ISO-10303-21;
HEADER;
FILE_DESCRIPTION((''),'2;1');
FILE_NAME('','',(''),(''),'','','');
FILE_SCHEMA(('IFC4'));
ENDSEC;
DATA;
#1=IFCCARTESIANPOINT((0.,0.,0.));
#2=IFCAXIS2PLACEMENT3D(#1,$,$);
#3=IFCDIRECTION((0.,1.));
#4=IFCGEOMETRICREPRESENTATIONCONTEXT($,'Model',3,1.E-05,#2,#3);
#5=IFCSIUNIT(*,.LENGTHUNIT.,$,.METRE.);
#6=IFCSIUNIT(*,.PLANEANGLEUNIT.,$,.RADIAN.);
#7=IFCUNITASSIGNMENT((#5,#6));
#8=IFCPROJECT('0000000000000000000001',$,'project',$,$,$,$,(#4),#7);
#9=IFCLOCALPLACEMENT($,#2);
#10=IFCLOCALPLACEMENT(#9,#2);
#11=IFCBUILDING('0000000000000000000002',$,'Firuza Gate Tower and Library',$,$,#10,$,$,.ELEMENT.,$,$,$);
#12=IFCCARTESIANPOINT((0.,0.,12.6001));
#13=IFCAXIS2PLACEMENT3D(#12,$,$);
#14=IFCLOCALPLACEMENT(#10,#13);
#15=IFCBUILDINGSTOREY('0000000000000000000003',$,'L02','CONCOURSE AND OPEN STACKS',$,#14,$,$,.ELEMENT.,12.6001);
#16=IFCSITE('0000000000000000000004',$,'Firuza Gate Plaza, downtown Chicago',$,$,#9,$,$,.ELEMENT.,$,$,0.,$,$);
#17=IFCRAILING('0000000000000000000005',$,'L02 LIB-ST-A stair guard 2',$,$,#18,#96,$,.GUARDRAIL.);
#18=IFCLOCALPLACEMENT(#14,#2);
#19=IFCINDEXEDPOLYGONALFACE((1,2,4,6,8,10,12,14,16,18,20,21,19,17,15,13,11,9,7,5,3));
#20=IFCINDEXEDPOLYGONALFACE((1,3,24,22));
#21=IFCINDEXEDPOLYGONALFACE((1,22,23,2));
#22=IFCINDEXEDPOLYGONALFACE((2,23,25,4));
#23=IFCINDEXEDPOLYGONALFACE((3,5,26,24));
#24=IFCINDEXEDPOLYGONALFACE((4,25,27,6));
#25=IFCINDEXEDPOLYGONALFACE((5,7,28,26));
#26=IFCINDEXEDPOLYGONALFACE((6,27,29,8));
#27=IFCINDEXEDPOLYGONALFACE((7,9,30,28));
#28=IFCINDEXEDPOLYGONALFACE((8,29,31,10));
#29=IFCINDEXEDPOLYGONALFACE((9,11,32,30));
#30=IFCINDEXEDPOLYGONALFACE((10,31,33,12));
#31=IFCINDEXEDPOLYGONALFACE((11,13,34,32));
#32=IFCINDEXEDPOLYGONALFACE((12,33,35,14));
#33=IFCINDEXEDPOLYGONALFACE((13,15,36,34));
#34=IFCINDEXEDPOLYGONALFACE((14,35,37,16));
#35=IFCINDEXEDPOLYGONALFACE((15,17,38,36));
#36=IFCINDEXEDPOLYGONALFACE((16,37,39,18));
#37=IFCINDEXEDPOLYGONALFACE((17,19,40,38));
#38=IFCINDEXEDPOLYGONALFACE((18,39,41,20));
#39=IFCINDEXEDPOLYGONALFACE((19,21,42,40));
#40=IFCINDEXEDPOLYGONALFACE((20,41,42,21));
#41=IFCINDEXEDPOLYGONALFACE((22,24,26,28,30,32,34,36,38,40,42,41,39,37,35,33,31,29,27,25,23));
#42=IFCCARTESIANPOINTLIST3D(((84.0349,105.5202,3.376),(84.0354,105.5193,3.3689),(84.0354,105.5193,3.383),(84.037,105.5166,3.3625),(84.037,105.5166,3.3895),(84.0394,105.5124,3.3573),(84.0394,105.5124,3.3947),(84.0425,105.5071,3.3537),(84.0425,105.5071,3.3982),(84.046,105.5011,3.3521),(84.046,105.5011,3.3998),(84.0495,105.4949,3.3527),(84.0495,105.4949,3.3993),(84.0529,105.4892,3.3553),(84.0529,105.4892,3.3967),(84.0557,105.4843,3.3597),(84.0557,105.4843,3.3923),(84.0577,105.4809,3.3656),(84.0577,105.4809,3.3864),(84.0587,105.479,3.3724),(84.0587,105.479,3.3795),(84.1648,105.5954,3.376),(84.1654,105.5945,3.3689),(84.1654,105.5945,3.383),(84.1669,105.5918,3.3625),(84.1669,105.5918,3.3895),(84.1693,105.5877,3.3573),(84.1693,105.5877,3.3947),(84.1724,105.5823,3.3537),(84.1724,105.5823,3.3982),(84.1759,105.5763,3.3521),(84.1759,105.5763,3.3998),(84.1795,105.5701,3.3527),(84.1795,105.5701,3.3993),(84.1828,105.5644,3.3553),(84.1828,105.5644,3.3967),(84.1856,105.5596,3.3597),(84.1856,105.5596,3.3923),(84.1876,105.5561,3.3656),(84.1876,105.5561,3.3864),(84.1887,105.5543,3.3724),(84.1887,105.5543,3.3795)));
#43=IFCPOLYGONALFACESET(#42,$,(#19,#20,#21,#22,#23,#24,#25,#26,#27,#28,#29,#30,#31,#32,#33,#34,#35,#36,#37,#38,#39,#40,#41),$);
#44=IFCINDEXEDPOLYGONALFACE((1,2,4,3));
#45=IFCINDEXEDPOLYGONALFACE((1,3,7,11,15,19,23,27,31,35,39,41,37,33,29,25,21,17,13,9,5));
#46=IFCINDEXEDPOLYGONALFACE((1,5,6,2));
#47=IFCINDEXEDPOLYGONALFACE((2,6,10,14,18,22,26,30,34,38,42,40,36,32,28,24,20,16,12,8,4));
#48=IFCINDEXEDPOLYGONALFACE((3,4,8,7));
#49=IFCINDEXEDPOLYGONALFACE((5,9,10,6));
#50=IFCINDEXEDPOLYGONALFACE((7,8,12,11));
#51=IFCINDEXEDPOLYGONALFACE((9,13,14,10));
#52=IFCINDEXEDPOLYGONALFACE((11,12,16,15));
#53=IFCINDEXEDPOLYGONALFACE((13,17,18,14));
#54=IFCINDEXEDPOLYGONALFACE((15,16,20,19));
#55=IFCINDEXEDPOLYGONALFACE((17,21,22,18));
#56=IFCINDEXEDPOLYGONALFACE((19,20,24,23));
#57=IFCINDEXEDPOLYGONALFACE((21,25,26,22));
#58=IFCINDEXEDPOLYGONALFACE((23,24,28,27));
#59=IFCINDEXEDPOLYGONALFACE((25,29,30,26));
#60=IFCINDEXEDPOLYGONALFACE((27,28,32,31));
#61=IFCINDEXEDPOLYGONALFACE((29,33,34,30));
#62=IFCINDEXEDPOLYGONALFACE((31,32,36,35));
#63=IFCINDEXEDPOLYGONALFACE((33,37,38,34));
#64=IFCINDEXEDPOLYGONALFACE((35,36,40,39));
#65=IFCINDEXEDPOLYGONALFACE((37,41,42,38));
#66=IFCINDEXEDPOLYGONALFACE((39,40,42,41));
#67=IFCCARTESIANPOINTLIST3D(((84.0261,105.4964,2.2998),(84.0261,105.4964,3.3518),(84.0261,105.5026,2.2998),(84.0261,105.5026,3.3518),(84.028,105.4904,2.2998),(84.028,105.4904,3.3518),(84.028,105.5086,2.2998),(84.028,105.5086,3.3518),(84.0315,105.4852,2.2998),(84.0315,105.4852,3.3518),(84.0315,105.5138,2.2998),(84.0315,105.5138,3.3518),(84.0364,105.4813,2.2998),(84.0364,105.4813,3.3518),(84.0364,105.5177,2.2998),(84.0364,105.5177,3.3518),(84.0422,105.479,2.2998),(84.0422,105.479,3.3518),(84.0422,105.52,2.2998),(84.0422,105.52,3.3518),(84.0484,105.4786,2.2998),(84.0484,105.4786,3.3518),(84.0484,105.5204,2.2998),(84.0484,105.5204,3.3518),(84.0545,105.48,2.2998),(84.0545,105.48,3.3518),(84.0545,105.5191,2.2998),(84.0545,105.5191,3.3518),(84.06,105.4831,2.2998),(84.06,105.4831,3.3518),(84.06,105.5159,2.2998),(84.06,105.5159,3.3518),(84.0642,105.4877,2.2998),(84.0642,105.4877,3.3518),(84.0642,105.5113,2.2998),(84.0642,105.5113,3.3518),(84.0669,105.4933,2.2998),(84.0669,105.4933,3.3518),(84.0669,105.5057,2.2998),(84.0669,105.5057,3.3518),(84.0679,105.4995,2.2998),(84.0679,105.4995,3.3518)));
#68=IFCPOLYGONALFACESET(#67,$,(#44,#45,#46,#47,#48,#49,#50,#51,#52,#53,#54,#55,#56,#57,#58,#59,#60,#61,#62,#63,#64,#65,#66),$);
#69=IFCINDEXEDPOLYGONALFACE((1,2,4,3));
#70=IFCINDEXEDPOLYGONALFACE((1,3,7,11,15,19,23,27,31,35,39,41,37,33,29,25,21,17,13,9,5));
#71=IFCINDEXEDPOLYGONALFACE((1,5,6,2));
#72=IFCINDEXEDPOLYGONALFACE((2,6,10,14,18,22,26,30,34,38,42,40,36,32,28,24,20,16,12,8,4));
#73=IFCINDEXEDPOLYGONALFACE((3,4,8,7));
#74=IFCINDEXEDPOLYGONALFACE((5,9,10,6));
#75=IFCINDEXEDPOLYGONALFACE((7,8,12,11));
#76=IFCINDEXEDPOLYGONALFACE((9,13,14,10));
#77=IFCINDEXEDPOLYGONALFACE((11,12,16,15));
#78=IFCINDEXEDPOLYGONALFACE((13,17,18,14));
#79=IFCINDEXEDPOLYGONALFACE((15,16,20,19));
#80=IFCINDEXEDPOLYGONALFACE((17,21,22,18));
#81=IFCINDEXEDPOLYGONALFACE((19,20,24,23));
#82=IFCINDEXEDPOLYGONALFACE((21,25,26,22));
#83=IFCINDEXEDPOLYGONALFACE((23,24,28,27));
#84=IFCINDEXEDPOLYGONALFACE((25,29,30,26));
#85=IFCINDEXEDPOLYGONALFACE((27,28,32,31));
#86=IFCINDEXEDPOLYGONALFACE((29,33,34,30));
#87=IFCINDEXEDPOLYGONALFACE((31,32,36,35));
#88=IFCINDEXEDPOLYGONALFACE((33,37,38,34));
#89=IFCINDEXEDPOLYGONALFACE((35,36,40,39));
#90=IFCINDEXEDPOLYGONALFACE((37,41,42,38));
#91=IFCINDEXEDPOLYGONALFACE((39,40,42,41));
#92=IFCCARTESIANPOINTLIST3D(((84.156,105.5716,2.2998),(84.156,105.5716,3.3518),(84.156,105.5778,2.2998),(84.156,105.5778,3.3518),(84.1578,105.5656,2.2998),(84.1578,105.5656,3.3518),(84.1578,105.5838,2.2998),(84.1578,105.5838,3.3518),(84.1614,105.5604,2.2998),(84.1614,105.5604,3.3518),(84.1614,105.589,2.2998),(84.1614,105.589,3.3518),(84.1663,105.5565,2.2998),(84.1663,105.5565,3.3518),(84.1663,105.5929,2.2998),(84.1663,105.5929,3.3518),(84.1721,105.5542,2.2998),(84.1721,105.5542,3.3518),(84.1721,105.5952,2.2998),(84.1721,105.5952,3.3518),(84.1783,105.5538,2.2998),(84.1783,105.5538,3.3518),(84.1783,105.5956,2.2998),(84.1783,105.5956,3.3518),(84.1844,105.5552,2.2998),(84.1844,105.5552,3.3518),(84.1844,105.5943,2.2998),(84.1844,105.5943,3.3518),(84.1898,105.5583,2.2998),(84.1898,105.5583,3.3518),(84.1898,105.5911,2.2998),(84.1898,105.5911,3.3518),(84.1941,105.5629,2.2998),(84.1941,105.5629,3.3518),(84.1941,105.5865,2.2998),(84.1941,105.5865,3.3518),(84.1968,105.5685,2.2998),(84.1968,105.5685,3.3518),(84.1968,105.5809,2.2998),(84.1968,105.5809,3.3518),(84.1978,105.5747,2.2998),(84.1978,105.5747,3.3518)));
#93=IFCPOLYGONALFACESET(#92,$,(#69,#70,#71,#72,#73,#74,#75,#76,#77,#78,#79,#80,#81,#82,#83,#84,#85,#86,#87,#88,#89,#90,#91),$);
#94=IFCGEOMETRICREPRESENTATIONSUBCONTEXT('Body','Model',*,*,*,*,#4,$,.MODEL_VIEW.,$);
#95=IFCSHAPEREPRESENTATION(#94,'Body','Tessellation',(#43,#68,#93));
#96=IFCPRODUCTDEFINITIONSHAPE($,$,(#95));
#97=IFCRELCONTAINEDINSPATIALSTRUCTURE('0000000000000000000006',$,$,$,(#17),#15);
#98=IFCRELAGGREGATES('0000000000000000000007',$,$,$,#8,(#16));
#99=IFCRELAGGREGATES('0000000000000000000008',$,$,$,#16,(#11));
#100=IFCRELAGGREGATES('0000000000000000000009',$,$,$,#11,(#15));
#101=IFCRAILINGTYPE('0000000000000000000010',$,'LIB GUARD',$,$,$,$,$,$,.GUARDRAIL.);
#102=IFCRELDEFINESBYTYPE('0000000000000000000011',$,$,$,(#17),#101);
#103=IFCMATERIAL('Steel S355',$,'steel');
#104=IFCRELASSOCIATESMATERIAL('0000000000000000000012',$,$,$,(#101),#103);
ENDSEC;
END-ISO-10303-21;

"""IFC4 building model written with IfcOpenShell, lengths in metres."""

from ifc_helpers import new_model, si_unit, direction, frame, origin, origin_2d, place, context, subcontext, project, spatial, circle, extrude, material, type_object, element, save


model = new_model("IFC4")

# Units and contexts
model_context = context("Model", 3, precision=1e-05, world=origin(), true_north=direction((0.0, 1.0)))
body_context = subcontext(model_context, "Body", "Model", "MODEL_VIEW")
ifc_project = project(units=[si_unit("LENGTHUNIT", "METRE"), si_unit("PLANEANGLEUNIT", "RADIAN")], contexts=[model_context])

# Site, building, storey
site_placement = place(None, origin())
site = spatial("IfcSite", under=ifc_project, at=site_placement, Name="Firuza Gate Plaza, downtown Chicago", CompositionType="ELEMENT", RefElevation=0.0)
building_placement = place(site_placement, origin())
building = spatial("IfcBuilding", under=site, at=building_placement, Name="Firuza Gate Tower and Library", CompositionType="ELEMENT")
storey_placement = place(building_placement, frame((0.0, 0.0, 12.6001)))
storey = spatial("IfcBuildingStorey", under=building, at=storey_placement, Name="L02", Description="CONCOURSE AND OPEN STACKS", CompositionType="ELEMENT", Elevation=12.6001)

# Railing
ifc_material_1 = material(Name="Steel S355", Category="steel")
railing_type_1 = type_object("IfcRailingType", Name="LIB GUARD", PredefinedType="GUARDRAIL", material=ifc_material_1)
railing_1_placement = place(storey_placement, frame((84.0469, 105.4995, 2.2998)))
element("IfcRailing", 1, at=railing_1_placement, inside=storey, type_object=railing_type_1, Name="L02 LIB-ST-A stair guard 2", PredefinedType="GUARDRAIL", context=body_context, shape_type="SweptSolid", body=[
    extrude(circle(Radius=0.0239, at=origin_2d()), frame((0.0, 0.0, 1.0762), z_axis=(0.865426, 0.501036, 0.0), x_axis=(-0.501036, 0.865426, 0.0)), (0.0, 0.0, 1.0), 0.1501),
    extrude(circle(Radius=0.021, at=origin_2d()), origin(), (0.0, 0.0, 1.0), 1.052),
    extrude(circle(Radius=0.021, at=origin_2d()), frame((0.1299, 0.0752, 0.0)), (0.0, 0.0, 1.0), 1.052),
])

save(model, "model.ifc")
